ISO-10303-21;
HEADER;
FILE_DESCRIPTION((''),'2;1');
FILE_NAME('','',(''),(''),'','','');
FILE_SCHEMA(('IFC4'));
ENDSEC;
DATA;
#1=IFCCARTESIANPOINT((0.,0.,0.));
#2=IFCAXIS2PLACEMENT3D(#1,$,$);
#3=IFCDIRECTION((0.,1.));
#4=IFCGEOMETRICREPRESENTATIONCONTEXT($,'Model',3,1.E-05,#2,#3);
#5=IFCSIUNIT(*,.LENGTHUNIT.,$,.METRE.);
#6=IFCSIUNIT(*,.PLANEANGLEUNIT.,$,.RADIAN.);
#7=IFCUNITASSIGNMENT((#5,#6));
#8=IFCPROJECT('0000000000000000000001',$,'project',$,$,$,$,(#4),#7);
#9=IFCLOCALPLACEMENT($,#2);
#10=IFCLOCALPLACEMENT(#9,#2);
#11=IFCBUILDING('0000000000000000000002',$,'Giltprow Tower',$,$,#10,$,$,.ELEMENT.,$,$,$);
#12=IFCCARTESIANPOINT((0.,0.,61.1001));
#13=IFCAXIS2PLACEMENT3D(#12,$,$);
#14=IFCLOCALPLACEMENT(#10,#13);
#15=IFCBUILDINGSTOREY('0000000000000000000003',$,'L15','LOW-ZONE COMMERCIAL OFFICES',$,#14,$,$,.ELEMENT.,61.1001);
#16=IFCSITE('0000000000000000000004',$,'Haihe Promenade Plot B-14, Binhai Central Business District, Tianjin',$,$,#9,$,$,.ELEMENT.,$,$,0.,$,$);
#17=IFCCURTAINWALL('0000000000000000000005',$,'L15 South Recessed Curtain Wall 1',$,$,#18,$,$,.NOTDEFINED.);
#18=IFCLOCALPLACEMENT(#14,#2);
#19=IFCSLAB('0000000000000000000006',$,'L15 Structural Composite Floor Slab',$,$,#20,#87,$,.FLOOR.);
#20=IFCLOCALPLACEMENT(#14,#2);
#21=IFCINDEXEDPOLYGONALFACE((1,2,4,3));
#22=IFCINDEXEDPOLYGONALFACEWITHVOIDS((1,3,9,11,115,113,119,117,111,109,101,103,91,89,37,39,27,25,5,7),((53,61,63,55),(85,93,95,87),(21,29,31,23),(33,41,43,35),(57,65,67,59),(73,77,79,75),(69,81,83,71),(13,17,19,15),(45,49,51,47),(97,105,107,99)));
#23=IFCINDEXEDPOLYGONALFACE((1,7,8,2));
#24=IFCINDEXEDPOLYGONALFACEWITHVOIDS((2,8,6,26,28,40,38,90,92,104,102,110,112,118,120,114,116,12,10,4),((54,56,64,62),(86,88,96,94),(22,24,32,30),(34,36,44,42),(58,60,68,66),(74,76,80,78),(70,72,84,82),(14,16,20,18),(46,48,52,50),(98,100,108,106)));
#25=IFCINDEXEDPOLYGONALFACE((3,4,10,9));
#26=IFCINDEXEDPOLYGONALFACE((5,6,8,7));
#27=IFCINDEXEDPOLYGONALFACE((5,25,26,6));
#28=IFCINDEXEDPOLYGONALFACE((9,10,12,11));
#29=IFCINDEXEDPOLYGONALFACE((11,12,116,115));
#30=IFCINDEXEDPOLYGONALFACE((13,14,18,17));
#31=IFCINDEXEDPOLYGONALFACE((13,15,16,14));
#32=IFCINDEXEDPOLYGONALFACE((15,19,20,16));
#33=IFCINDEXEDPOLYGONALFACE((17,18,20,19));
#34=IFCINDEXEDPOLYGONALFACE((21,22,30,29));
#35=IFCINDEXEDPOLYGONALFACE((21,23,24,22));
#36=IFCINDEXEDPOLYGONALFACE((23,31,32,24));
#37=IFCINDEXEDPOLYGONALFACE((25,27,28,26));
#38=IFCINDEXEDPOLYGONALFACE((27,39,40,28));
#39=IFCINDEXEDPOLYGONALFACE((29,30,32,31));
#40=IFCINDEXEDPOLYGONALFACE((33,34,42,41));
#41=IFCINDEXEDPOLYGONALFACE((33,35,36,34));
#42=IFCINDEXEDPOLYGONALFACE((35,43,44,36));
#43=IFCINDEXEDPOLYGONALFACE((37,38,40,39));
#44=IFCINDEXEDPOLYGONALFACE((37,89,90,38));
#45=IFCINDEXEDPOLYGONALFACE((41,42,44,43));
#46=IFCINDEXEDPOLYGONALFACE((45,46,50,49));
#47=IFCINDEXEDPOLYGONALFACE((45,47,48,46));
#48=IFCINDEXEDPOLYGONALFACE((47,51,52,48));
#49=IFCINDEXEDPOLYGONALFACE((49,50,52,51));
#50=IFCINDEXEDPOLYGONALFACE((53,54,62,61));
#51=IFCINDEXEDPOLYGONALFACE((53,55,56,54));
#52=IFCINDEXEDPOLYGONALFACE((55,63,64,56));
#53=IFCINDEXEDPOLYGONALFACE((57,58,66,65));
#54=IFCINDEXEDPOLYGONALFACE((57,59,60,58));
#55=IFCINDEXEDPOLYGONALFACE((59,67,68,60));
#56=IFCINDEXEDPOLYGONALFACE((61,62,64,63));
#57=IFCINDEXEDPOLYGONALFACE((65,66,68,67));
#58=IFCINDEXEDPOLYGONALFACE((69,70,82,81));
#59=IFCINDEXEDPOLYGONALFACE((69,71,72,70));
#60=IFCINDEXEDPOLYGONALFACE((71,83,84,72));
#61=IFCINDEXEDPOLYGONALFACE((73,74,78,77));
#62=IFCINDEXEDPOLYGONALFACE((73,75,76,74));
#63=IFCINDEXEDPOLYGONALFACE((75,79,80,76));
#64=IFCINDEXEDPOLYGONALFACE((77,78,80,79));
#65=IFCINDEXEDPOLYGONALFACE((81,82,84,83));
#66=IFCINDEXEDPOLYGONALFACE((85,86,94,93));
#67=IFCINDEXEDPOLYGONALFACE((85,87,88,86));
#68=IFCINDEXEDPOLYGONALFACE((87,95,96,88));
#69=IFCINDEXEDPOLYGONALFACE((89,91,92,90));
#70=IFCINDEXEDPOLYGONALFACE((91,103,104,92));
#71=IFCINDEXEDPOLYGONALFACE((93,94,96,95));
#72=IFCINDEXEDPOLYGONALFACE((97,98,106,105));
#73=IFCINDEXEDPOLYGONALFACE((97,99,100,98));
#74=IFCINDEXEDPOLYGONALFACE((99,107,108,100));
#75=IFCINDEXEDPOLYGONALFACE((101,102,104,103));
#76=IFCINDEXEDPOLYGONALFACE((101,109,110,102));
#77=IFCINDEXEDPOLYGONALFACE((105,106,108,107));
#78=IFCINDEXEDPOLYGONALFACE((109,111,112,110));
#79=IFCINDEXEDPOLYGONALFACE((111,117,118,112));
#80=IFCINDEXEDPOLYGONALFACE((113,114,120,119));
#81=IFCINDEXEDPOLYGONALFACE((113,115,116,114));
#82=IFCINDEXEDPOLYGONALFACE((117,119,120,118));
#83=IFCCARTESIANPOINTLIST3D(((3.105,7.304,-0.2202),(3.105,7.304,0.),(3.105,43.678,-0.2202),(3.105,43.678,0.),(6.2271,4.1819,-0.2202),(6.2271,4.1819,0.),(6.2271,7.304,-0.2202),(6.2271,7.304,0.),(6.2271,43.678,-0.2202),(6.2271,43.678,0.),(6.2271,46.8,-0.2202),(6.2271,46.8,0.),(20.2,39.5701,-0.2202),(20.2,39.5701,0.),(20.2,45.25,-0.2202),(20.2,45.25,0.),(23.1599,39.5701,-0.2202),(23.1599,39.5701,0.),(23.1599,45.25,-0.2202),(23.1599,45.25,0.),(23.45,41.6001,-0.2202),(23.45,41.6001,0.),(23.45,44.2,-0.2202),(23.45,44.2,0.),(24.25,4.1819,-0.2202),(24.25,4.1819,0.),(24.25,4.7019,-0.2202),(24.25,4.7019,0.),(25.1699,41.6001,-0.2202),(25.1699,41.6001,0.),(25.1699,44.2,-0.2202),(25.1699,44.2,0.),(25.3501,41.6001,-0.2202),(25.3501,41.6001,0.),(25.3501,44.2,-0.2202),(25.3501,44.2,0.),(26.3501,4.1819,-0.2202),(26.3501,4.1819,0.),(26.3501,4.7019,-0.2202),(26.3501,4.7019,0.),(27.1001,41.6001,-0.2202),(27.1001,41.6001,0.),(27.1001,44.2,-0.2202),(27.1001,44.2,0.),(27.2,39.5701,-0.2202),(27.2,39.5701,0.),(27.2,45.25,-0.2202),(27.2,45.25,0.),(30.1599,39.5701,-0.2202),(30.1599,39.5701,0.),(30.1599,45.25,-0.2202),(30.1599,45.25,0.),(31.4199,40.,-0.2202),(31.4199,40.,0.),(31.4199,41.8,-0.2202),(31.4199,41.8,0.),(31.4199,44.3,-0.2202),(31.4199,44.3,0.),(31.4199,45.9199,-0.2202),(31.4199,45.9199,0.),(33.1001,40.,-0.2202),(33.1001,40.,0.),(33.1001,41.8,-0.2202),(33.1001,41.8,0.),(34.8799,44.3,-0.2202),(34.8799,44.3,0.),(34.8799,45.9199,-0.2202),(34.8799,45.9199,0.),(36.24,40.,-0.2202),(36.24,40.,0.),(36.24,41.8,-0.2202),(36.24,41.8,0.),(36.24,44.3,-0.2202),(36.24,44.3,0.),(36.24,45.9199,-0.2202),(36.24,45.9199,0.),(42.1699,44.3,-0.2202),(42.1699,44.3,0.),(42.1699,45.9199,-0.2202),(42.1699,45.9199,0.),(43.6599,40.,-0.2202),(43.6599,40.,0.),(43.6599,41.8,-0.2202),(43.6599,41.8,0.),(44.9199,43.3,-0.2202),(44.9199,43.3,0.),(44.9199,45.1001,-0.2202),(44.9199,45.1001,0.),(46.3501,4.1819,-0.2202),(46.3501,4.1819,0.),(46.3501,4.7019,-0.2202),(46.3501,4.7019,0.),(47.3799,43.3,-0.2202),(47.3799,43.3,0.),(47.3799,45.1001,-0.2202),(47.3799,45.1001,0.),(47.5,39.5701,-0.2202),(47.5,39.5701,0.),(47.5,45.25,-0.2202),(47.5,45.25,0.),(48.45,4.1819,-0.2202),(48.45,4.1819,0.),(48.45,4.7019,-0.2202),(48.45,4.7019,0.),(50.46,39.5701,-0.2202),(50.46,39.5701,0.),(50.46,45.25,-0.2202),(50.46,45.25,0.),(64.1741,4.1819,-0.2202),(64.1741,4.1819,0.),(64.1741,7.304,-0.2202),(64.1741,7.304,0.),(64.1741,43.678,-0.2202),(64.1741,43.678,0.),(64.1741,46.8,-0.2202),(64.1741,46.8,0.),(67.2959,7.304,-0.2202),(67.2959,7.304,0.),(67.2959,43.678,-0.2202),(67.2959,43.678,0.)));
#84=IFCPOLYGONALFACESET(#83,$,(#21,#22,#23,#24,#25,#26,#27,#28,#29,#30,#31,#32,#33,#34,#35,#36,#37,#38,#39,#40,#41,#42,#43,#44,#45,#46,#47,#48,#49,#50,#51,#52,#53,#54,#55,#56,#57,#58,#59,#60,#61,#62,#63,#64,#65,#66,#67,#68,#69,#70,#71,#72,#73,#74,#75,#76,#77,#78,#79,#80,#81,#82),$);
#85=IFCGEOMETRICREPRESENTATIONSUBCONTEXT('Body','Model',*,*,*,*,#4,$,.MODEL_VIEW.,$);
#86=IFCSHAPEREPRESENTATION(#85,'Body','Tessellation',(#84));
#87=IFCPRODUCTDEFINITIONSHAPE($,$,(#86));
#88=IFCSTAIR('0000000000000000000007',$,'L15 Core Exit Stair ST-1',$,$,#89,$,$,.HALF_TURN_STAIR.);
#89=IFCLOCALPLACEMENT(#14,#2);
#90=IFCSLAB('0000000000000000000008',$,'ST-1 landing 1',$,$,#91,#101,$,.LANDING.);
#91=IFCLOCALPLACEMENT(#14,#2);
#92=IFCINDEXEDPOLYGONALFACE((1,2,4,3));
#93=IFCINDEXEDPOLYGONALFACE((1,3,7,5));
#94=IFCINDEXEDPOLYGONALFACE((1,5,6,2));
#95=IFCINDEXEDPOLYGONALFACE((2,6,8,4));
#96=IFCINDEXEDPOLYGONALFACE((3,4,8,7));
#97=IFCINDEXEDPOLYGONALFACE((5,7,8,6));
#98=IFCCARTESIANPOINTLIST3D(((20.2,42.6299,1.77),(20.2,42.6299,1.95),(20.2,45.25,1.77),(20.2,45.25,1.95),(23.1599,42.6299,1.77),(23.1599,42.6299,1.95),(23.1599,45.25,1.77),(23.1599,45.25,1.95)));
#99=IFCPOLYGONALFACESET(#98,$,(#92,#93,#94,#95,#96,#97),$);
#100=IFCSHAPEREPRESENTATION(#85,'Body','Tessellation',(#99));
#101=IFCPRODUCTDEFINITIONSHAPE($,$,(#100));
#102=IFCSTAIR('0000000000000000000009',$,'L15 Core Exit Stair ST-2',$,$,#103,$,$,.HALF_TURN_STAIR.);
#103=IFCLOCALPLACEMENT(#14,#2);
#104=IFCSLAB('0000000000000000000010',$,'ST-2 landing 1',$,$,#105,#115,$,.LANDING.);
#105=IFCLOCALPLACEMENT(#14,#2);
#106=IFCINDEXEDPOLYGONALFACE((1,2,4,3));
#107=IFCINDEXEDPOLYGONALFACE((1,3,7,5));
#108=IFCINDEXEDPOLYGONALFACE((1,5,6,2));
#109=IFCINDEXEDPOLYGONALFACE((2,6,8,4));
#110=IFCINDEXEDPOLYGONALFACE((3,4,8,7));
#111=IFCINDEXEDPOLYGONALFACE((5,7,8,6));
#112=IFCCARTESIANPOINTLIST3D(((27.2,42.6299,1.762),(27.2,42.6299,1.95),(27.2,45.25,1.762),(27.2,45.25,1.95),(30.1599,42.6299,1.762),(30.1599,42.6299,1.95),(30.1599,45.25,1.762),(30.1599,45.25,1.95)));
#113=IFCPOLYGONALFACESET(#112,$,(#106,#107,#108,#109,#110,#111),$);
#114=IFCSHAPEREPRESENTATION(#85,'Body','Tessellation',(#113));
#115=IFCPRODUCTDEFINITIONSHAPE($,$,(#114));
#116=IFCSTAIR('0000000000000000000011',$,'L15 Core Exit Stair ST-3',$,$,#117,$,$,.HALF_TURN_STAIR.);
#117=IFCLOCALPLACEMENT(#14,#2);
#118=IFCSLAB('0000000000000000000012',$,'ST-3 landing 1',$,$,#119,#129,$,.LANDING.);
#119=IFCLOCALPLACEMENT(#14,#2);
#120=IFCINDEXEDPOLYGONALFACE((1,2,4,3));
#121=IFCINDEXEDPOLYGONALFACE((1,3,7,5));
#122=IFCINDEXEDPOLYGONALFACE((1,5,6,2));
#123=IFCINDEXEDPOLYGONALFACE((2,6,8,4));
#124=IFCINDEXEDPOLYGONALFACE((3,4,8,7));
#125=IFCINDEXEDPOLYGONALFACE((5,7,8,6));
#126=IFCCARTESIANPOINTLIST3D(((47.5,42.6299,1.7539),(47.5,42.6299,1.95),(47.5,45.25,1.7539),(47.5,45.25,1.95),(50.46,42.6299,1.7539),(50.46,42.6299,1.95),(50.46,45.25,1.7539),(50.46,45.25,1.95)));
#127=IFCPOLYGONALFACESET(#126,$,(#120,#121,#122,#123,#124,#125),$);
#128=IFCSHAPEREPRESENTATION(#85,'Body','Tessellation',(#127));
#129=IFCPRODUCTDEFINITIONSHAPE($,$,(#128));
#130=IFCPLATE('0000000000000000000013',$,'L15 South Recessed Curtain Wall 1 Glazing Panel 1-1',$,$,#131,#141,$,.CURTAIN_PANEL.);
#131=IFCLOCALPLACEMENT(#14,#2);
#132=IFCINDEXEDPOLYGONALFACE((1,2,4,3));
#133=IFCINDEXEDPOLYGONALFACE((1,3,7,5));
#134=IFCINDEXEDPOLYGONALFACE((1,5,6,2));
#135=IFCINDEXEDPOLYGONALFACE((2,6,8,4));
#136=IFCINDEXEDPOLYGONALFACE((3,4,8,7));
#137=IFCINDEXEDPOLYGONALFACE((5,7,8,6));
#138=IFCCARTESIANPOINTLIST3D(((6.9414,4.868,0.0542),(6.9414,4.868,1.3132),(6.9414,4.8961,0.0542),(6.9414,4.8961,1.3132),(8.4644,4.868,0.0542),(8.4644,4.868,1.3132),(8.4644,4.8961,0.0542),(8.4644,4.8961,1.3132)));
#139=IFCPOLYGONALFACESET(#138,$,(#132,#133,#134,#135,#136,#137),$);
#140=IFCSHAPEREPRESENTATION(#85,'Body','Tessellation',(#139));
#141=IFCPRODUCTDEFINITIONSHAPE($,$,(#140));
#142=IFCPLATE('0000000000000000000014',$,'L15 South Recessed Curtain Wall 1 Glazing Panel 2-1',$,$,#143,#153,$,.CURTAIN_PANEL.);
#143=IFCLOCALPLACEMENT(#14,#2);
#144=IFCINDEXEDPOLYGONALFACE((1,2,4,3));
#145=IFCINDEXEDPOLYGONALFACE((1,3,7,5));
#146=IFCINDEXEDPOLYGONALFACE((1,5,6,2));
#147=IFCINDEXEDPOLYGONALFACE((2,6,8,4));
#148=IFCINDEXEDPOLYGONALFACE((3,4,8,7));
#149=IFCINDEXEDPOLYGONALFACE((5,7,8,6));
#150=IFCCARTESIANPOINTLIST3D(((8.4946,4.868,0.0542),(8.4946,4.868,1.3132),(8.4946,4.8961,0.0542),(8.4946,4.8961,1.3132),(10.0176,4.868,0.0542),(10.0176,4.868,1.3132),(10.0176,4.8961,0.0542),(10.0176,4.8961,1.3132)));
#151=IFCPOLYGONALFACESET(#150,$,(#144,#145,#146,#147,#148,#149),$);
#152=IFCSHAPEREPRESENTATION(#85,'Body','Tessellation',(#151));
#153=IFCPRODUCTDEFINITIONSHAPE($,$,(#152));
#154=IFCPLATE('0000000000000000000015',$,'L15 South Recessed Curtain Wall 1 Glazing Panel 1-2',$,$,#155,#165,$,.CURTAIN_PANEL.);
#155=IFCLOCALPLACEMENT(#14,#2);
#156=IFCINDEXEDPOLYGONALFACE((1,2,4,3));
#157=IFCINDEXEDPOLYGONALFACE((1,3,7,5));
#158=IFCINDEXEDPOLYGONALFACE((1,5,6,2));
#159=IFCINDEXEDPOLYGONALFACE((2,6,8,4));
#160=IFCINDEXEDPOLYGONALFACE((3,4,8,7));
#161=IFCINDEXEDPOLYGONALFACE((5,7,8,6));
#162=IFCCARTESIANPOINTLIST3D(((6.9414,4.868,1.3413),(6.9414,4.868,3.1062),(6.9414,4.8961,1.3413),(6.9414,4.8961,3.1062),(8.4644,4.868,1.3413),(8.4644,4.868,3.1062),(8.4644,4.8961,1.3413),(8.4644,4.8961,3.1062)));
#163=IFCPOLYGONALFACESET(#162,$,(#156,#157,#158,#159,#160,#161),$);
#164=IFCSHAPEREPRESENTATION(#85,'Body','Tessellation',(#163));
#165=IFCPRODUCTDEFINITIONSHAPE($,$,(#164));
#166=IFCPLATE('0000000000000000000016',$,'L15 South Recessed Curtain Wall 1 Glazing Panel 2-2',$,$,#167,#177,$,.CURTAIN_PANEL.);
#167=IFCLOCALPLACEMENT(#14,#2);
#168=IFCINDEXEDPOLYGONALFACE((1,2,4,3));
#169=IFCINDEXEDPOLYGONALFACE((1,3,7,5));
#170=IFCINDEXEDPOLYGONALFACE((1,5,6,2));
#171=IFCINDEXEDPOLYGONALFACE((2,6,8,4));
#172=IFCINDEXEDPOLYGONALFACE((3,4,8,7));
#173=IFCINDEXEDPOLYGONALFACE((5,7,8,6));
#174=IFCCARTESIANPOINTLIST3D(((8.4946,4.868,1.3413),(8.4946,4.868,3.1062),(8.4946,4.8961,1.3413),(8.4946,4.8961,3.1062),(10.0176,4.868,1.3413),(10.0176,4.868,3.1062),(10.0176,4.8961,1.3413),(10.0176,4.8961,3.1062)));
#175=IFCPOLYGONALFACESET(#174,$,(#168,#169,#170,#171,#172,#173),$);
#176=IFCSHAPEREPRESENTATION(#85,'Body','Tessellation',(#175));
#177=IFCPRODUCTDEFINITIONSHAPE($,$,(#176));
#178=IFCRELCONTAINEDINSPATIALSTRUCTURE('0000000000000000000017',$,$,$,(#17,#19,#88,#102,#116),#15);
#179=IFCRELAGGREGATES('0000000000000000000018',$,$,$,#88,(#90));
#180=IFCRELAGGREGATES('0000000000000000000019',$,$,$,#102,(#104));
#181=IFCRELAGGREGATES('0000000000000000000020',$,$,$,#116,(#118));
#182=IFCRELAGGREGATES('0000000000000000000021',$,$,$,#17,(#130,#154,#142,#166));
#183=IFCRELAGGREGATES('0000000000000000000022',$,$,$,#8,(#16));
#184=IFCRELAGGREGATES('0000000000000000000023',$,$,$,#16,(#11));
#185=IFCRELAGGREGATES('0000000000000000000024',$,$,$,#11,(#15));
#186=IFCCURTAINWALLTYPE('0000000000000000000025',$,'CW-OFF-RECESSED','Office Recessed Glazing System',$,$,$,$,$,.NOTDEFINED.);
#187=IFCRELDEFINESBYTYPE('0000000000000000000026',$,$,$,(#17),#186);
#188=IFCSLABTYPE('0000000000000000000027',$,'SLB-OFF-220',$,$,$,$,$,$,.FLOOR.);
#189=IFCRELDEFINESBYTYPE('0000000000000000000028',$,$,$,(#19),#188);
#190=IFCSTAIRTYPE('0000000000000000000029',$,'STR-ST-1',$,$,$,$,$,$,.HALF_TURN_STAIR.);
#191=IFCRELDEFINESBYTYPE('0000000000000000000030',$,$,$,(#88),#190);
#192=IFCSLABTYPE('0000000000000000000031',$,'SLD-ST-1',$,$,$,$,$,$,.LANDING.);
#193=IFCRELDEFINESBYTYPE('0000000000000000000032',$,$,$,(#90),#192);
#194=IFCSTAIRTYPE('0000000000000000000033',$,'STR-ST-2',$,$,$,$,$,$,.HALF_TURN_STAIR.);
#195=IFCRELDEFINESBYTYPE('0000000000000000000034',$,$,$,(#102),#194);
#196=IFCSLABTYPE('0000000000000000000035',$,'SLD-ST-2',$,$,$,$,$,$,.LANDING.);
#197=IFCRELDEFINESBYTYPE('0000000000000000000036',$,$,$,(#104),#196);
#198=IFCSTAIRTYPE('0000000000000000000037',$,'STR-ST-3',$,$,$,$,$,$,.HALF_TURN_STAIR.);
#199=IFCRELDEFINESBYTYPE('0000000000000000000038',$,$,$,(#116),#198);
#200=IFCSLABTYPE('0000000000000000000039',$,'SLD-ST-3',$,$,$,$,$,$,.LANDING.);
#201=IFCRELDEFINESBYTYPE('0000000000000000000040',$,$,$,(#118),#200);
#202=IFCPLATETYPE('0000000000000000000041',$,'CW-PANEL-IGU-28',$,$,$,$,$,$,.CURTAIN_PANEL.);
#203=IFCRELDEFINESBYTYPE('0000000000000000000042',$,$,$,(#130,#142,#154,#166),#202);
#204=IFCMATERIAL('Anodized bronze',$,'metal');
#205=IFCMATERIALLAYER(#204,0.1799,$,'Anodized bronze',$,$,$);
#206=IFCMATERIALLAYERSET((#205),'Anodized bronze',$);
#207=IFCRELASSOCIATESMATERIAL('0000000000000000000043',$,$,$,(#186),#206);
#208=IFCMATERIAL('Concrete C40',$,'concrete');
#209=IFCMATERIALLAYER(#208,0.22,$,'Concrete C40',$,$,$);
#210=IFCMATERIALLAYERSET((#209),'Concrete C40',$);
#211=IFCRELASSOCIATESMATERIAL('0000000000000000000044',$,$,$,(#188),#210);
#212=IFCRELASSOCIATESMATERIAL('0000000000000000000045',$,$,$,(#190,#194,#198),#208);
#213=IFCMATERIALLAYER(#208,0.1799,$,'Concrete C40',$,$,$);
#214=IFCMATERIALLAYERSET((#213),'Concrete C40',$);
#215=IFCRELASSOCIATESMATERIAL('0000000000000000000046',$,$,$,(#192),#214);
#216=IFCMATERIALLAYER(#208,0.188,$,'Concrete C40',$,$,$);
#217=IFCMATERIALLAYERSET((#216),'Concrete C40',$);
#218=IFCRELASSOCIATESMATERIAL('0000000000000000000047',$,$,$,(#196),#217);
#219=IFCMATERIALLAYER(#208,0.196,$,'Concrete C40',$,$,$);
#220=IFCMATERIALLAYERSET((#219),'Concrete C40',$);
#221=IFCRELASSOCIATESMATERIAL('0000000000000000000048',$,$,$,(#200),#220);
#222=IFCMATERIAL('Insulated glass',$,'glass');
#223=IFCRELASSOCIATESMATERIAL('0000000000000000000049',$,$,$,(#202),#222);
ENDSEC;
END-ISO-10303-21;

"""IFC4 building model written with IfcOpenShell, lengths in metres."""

from ifc_helpers import new_model, si_unit, direction, frame, origin, origin_2d, place, context, subcontext, project, spatial, polyline, rectangle, outline, extrude, source, transform, mapped, material, layer, layer_set, type_object, element, aggregate, save


model = new_model("IFC4")

# Units and contexts
model_context = context("Model", 3, precision=1e-05, world=origin(), true_north=direction((0.0, 1.0)))
body_context = subcontext(model_context, "Body", "Model", "MODEL_VIEW")
ifc_project = project(units=[si_unit("LENGTHUNIT", "METRE"), si_unit("PLANEANGLEUNIT", "RADIAN")], contexts=[model_context])

# Site, building, storey
site_placement = place(None, origin())
site = spatial("IfcSite", under=ifc_project, at=site_placement, Name="Haihe Promenade Plot B-14, Binhai Central Business District, Tianjin", CompositionType="ELEMENT", RefElevation=0.0)
building_placement = place(site_placement, origin())
building = spatial("IfcBuilding", under=site, at=building_placement, Name="Giltprow Tower", CompositionType="ELEMENT")
storey_placement = place(building_placement, frame((0.0, 0.0, 61.1001)))
storey = spatial("IfcBuildingStorey", under=building, at=storey_placement, Name="L15", Description="LOW-ZONE COMMERCIAL OFFICES", CompositionType="ELEMENT", Elevation=61.1001)

# Curtain wall
ifc_material_1 = material(Name="Anodized bronze", Category="metal")
ifc_layer_1 = layer(ifc_material_1, 0.1799, Name="Anodized bronze")
ifc_layer_set_1 = layer_set([ifc_layer_1], Name="Anodized bronze")
curtain_wall_type = type_object("IfcCurtainWallType", Name="CW-OFF-RECESSED", Description="Office Recessed Glazing System", PredefinedType="NOTDEFINED", material=ifc_layer_set_1)
curtain_wall_placement = place(storey_placement, origin())
curtain_wall = element("IfcCurtainWall", 1, at=curtain_wall_placement, inside=storey, type_object=curtain_wall_type, Name="L15 South Recessed Curtain Wall 1", PredefinedType="NOTDEFINED")

# Slab
ifc_material_2 = material(Name="Concrete C40", Category="concrete")
ifc_layer_2 = layer(ifc_material_2, 0.22, Name="Concrete C40")
ifc_layer_set_2 = layer_set([ifc_layer_2], Name="Concrete C40")
slab_type_1 = type_object("IfcSlabType", Name="SLB-OFF-220", PredefinedType="FLOOR", material=ifc_layer_set_2)
slab_1_placement = place(storey_placement, frame((0.0, 0.0, -0.2202)))
element("IfcSlab", 2, at=slab_1_placement, inside=storey, type_object=slab_type_1, Name="L15 Structural Composite Floor Slab", PredefinedType="FLOOR", context=body_context, shape_type="SweptSolid", body=[
    extrude(outline(polyline([(6.2271, 4.1819), (6.2271, 7.304), (3.105, 7.304), (3.105, 43.678), (6.2271, 43.678), (6.2271, 46.8), (64.1741, 46.8), (64.1741, 43.678), (67.2959, 43.678), (67.2959, 7.304), (64.1741, 7.304), (64.1741, 4.1819), (48.45, 4.1819), (48.45, 4.7019), (46.3501, 4.7019), (46.3501, 4.1819), (26.3501, 4.1819), (26.3501, 4.7019), (24.25, 4.7019), (24.25, 4.1819), (6.2271, 4.1819)]), holes=[polyline([(33.1001, 41.8), (31.4199, 41.8), (31.4199, 40.0), (33.1001, 40.0), (33.1001, 41.8)]), polyline([(23.1599, 39.5701), (23.1599, 45.25), (20.2, 45.25), (20.2, 39.5701), (23.1599, 39.5701)]), polyline([(30.1599, 45.25), (27.2, 45.25), (27.2, 39.5701), (30.1599, 39.5701), (30.1599, 45.25)]), polyline([(25.1699, 41.6001), (25.1699, 44.2), (23.45, 44.2), (23.45, 41.6001), (25.1699, 41.6001)]), polyline([(27.1001, 41.6001), (27.1001, 44.2), (25.3501, 44.2), (25.3501, 41.6001), (27.1001, 41.6001)]), polyline([(43.6599, 40.0), (43.6599, 41.8), (36.24, 41.8), (36.24, 40.0), (43.6599, 40.0)]), polyline([(50.46, 39.5701), (50.46, 45.25), (47.5, 45.25), (47.5, 39.5701), (50.46, 39.5701)]), polyline([(47.3799, 45.1001), (44.9199, 45.1001), (44.9199, 43.3), (47.3799, 43.3), (47.3799, 45.1001)]), polyline([(34.8799, 44.3), (34.8799, 45.9199), (31.4199, 45.9199), (31.4199, 44.3), (34.8799, 44.3)]), polyline([(42.1699, 44.3), (42.1699, 45.9199), (36.24, 45.9199), (36.24, 44.3), (42.1699, 44.3)])]), origin(), (0.0, 0.0, 1.0), 0.2202),
])

# Stairs, slabs
stair_type_1 = type_object("IfcStairType", Name="STR-ST-1", PredefinedType="HALF_TURN_STAIR", material=ifc_material_2)
stair_1_placement = place(storey_placement, origin())
stair_1 = element("IfcStair", 3, at=stair_1_placement, inside=storey, type_object=stair_type_1, Name="L15 Core Exit Stair ST-1", PredefinedType="HALF_TURN_STAIR")
ifc_layer_3 = layer(ifc_material_2, 0.1799, Name="Concrete C40")
ifc_layer_set_3 = layer_set([ifc_layer_3], Name="Concrete C40")
slab_type_2 = type_object("IfcSlabType", Name="SLD-ST-1", PredefinedType="LANDING", material=ifc_layer_set_3)
slab_2_placement = place(storey_placement, frame((0.0, 0.0, 1.77)))
slab_2 = element("IfcSlab", 4, at=slab_2_placement, type_object=slab_type_2, Name="ST-1 landing 1", PredefinedType="LANDING", context=body_context, shape_type="SweptSolid", body=[
    extrude(outline(polyline([(23.1599, 42.6299), (23.1599, 45.25), (20.2, 45.25), (20.2, 42.6299), (23.1599, 42.6299)])), origin(), (0.0, 0.0, 1.0), 0.1799),
])
aggregate(stair_1, [slab_2])
stair_type_2 = type_object("IfcStairType", Name="STR-ST-2", PredefinedType="HALF_TURN_STAIR", material=ifc_material_2)
stair_2_placement = place(storey_placement, origin())
stair_2 = element("IfcStair", 5, at=stair_2_placement, inside=storey, type_object=stair_type_2, Name="L15 Core Exit Stair ST-2", PredefinedType="HALF_TURN_STAIR")
ifc_layer_4 = layer(ifc_material_2, 0.188, Name="Concrete C40")
ifc_layer_set_4 = layer_set([ifc_layer_4], Name="Concrete C40")
slab_type_3 = type_object("IfcSlabType", Name="SLD-ST-2", PredefinedType="LANDING", material=ifc_layer_set_4)
slab_3_placement = place(storey_placement, frame((0.0, 0.0, 1.762)))
slab_3 = element("IfcSlab", 6, at=slab_3_placement, type_object=slab_type_3, Name="ST-2 landing 1", PredefinedType="LANDING", context=body_context, shape_type="SweptSolid", body=[
    extrude(outline(polyline([(30.1599, 42.6299), (30.1599, 45.25), (27.2, 45.25), (27.2, 42.6299), (30.1599, 42.6299)])), origin(), (0.0, 0.0, 1.0), 0.188),
])
aggregate(stair_2, [slab_3])
stair_type_3 = type_object("IfcStairType", Name="STR-ST-3", PredefinedType="HALF_TURN_STAIR", material=ifc_material_2)
stair_3_placement = place(storey_placement, origin())
stair_3 = element("IfcStair", 7, at=stair_3_placement, inside=storey, type_object=stair_type_3, Name="L15 Core Exit Stair ST-3", PredefinedType="HALF_TURN_STAIR")
ifc_layer_5 = layer(ifc_material_2, 0.196, Name="Concrete C40")
ifc_layer_set_5 = layer_set([ifc_layer_5], Name="Concrete C40")
slab_type_4 = type_object("IfcSlabType", Name="SLD-ST-3", PredefinedType="LANDING", material=ifc_layer_set_5)
slab_4_placement = place(storey_placement, frame((0.0, 0.0, 1.7539)))
slab_4 = element("IfcSlab", 8, at=slab_4_placement, type_object=slab_type_4, Name="ST-3 landing 1", PredefinedType="LANDING", context=body_context, shape_type="SweptSolid", body=[
    extrude(outline(polyline([(50.46, 42.6299), (50.46, 45.25), (47.5, 45.25), (47.5, 42.6299), (50.46, 42.6299)])), origin(), (0.0, 0.0, 1.0), 0.196),
])
aggregate(stair_3, [slab_4])

# Plates
ifc_material_3 = material(Name="Insulated glass", Category="glass")
plate_type = type_object("IfcPlateType", Name="CW-PANEL-IGU-28", PredefinedType="CURTAIN_PANEL", material=ifc_material_3)
shared_shape_1 = source(origin(), body_context, "Body", "SweptSolid", [
    extrude(rectangle(XDim=1.5229, YDim=0.0281, at=origin_2d()), origin(), (0.0, 0.0, 1.0), 1.259),
])
plate_1_placement = place(storey_placement, frame((7.7029, 4.8821, 0.0542), z_axis=(0.0, 0.0, 1.0), x_axis=(1.0, 0.0, 0.0)))
plate_1 = element("IfcPlate", 9, at=plate_1_placement, type_object=plate_type, Name="L15 South Recessed Curtain Wall 1 Glazing Panel 1-1", PredefinedType="CURTAIN_PANEL", context=body_context, shape_type="MappedRepresentation", body=[
    mapped(shared_shape_1, transform((0.0, 0.0, 0.0), x_axis=(1.0, 0.0, 0.0), y_axis=(0.0, 1.0, 0.0), z_axis=(0.0, 0.0, 1.0), scale=1.0)),
])
plate_2_placement = place(storey_placement, frame((9.2561, 4.8821, 0.0542), z_axis=(0.0, 0.0, 1.0), x_axis=(1.0, 0.0, 0.0)))
plate_2 = element("IfcPlate", 10, at=plate_2_placement, type_object=plate_type, Name="L15 South Recessed Curtain Wall 1 Glazing Panel 2-1", PredefinedType="CURTAIN_PANEL", context=body_context, shape_type="MappedRepresentation", body=[
    mapped(shared_shape_1, transform((0.0, 0.0, 0.0), x_axis=(1.0, 0.0, 0.0), y_axis=(0.0, 1.0, 0.0), z_axis=(0.0, 0.0, 1.0), scale=1.0)),
])
shared_shape_2 = source(origin(), body_context, "Body", "SweptSolid", [
    extrude(rectangle(XDim=1.5229, YDim=0.0281, at=origin_2d()), origin(), (0.0, 0.0, 1.0), 1.7649),
])
plate_3_placement = place(storey_placement, frame((7.7029, 4.8821, 1.3413), z_axis=(0.0, 0.0, 1.0), x_axis=(1.0, 0.0, 0.0)))
plate_3 = element("IfcPlate", 11, at=plate_3_placement, type_object=plate_type, Name="L15 South Recessed Curtain Wall 1 Glazing Panel 1-2", PredefinedType="CURTAIN_PANEL", context=body_context, shape_type="MappedRepresentation", body=[
    mapped(shared_shape_2, transform((0.0, 0.0, 0.0), x_axis=(1.0, 0.0, 0.0), y_axis=(0.0, 1.0, 0.0), z_axis=(0.0, 0.0, 1.0), scale=1.0)),
])
plate_4_placement = place(storey_placement, frame((9.2561, 4.8821, 1.3413), z_axis=(0.0, 0.0, 1.0), x_axis=(1.0, 0.0, 0.0)))
plate_4 = element("IfcPlate", 12, at=plate_4_placement, type_object=plate_type, Name="L15 South Recessed Curtain Wall 1 Glazing Panel 2-2", PredefinedType="CURTAIN_PANEL", context=body_context, shape_type="MappedRepresentation", body=[
    mapped(shared_shape_2, transform((0.0, 0.0, 0.0), x_axis=(1.0, 0.0, 0.0), y_axis=(0.0, 1.0, 0.0), z_axis=(0.0, 0.0, 1.0), scale=1.0)),
])
aggregate(curtain_wall, [plate_1, plate_3, plate_2, plate_4])

save(model, "model.ifc")
